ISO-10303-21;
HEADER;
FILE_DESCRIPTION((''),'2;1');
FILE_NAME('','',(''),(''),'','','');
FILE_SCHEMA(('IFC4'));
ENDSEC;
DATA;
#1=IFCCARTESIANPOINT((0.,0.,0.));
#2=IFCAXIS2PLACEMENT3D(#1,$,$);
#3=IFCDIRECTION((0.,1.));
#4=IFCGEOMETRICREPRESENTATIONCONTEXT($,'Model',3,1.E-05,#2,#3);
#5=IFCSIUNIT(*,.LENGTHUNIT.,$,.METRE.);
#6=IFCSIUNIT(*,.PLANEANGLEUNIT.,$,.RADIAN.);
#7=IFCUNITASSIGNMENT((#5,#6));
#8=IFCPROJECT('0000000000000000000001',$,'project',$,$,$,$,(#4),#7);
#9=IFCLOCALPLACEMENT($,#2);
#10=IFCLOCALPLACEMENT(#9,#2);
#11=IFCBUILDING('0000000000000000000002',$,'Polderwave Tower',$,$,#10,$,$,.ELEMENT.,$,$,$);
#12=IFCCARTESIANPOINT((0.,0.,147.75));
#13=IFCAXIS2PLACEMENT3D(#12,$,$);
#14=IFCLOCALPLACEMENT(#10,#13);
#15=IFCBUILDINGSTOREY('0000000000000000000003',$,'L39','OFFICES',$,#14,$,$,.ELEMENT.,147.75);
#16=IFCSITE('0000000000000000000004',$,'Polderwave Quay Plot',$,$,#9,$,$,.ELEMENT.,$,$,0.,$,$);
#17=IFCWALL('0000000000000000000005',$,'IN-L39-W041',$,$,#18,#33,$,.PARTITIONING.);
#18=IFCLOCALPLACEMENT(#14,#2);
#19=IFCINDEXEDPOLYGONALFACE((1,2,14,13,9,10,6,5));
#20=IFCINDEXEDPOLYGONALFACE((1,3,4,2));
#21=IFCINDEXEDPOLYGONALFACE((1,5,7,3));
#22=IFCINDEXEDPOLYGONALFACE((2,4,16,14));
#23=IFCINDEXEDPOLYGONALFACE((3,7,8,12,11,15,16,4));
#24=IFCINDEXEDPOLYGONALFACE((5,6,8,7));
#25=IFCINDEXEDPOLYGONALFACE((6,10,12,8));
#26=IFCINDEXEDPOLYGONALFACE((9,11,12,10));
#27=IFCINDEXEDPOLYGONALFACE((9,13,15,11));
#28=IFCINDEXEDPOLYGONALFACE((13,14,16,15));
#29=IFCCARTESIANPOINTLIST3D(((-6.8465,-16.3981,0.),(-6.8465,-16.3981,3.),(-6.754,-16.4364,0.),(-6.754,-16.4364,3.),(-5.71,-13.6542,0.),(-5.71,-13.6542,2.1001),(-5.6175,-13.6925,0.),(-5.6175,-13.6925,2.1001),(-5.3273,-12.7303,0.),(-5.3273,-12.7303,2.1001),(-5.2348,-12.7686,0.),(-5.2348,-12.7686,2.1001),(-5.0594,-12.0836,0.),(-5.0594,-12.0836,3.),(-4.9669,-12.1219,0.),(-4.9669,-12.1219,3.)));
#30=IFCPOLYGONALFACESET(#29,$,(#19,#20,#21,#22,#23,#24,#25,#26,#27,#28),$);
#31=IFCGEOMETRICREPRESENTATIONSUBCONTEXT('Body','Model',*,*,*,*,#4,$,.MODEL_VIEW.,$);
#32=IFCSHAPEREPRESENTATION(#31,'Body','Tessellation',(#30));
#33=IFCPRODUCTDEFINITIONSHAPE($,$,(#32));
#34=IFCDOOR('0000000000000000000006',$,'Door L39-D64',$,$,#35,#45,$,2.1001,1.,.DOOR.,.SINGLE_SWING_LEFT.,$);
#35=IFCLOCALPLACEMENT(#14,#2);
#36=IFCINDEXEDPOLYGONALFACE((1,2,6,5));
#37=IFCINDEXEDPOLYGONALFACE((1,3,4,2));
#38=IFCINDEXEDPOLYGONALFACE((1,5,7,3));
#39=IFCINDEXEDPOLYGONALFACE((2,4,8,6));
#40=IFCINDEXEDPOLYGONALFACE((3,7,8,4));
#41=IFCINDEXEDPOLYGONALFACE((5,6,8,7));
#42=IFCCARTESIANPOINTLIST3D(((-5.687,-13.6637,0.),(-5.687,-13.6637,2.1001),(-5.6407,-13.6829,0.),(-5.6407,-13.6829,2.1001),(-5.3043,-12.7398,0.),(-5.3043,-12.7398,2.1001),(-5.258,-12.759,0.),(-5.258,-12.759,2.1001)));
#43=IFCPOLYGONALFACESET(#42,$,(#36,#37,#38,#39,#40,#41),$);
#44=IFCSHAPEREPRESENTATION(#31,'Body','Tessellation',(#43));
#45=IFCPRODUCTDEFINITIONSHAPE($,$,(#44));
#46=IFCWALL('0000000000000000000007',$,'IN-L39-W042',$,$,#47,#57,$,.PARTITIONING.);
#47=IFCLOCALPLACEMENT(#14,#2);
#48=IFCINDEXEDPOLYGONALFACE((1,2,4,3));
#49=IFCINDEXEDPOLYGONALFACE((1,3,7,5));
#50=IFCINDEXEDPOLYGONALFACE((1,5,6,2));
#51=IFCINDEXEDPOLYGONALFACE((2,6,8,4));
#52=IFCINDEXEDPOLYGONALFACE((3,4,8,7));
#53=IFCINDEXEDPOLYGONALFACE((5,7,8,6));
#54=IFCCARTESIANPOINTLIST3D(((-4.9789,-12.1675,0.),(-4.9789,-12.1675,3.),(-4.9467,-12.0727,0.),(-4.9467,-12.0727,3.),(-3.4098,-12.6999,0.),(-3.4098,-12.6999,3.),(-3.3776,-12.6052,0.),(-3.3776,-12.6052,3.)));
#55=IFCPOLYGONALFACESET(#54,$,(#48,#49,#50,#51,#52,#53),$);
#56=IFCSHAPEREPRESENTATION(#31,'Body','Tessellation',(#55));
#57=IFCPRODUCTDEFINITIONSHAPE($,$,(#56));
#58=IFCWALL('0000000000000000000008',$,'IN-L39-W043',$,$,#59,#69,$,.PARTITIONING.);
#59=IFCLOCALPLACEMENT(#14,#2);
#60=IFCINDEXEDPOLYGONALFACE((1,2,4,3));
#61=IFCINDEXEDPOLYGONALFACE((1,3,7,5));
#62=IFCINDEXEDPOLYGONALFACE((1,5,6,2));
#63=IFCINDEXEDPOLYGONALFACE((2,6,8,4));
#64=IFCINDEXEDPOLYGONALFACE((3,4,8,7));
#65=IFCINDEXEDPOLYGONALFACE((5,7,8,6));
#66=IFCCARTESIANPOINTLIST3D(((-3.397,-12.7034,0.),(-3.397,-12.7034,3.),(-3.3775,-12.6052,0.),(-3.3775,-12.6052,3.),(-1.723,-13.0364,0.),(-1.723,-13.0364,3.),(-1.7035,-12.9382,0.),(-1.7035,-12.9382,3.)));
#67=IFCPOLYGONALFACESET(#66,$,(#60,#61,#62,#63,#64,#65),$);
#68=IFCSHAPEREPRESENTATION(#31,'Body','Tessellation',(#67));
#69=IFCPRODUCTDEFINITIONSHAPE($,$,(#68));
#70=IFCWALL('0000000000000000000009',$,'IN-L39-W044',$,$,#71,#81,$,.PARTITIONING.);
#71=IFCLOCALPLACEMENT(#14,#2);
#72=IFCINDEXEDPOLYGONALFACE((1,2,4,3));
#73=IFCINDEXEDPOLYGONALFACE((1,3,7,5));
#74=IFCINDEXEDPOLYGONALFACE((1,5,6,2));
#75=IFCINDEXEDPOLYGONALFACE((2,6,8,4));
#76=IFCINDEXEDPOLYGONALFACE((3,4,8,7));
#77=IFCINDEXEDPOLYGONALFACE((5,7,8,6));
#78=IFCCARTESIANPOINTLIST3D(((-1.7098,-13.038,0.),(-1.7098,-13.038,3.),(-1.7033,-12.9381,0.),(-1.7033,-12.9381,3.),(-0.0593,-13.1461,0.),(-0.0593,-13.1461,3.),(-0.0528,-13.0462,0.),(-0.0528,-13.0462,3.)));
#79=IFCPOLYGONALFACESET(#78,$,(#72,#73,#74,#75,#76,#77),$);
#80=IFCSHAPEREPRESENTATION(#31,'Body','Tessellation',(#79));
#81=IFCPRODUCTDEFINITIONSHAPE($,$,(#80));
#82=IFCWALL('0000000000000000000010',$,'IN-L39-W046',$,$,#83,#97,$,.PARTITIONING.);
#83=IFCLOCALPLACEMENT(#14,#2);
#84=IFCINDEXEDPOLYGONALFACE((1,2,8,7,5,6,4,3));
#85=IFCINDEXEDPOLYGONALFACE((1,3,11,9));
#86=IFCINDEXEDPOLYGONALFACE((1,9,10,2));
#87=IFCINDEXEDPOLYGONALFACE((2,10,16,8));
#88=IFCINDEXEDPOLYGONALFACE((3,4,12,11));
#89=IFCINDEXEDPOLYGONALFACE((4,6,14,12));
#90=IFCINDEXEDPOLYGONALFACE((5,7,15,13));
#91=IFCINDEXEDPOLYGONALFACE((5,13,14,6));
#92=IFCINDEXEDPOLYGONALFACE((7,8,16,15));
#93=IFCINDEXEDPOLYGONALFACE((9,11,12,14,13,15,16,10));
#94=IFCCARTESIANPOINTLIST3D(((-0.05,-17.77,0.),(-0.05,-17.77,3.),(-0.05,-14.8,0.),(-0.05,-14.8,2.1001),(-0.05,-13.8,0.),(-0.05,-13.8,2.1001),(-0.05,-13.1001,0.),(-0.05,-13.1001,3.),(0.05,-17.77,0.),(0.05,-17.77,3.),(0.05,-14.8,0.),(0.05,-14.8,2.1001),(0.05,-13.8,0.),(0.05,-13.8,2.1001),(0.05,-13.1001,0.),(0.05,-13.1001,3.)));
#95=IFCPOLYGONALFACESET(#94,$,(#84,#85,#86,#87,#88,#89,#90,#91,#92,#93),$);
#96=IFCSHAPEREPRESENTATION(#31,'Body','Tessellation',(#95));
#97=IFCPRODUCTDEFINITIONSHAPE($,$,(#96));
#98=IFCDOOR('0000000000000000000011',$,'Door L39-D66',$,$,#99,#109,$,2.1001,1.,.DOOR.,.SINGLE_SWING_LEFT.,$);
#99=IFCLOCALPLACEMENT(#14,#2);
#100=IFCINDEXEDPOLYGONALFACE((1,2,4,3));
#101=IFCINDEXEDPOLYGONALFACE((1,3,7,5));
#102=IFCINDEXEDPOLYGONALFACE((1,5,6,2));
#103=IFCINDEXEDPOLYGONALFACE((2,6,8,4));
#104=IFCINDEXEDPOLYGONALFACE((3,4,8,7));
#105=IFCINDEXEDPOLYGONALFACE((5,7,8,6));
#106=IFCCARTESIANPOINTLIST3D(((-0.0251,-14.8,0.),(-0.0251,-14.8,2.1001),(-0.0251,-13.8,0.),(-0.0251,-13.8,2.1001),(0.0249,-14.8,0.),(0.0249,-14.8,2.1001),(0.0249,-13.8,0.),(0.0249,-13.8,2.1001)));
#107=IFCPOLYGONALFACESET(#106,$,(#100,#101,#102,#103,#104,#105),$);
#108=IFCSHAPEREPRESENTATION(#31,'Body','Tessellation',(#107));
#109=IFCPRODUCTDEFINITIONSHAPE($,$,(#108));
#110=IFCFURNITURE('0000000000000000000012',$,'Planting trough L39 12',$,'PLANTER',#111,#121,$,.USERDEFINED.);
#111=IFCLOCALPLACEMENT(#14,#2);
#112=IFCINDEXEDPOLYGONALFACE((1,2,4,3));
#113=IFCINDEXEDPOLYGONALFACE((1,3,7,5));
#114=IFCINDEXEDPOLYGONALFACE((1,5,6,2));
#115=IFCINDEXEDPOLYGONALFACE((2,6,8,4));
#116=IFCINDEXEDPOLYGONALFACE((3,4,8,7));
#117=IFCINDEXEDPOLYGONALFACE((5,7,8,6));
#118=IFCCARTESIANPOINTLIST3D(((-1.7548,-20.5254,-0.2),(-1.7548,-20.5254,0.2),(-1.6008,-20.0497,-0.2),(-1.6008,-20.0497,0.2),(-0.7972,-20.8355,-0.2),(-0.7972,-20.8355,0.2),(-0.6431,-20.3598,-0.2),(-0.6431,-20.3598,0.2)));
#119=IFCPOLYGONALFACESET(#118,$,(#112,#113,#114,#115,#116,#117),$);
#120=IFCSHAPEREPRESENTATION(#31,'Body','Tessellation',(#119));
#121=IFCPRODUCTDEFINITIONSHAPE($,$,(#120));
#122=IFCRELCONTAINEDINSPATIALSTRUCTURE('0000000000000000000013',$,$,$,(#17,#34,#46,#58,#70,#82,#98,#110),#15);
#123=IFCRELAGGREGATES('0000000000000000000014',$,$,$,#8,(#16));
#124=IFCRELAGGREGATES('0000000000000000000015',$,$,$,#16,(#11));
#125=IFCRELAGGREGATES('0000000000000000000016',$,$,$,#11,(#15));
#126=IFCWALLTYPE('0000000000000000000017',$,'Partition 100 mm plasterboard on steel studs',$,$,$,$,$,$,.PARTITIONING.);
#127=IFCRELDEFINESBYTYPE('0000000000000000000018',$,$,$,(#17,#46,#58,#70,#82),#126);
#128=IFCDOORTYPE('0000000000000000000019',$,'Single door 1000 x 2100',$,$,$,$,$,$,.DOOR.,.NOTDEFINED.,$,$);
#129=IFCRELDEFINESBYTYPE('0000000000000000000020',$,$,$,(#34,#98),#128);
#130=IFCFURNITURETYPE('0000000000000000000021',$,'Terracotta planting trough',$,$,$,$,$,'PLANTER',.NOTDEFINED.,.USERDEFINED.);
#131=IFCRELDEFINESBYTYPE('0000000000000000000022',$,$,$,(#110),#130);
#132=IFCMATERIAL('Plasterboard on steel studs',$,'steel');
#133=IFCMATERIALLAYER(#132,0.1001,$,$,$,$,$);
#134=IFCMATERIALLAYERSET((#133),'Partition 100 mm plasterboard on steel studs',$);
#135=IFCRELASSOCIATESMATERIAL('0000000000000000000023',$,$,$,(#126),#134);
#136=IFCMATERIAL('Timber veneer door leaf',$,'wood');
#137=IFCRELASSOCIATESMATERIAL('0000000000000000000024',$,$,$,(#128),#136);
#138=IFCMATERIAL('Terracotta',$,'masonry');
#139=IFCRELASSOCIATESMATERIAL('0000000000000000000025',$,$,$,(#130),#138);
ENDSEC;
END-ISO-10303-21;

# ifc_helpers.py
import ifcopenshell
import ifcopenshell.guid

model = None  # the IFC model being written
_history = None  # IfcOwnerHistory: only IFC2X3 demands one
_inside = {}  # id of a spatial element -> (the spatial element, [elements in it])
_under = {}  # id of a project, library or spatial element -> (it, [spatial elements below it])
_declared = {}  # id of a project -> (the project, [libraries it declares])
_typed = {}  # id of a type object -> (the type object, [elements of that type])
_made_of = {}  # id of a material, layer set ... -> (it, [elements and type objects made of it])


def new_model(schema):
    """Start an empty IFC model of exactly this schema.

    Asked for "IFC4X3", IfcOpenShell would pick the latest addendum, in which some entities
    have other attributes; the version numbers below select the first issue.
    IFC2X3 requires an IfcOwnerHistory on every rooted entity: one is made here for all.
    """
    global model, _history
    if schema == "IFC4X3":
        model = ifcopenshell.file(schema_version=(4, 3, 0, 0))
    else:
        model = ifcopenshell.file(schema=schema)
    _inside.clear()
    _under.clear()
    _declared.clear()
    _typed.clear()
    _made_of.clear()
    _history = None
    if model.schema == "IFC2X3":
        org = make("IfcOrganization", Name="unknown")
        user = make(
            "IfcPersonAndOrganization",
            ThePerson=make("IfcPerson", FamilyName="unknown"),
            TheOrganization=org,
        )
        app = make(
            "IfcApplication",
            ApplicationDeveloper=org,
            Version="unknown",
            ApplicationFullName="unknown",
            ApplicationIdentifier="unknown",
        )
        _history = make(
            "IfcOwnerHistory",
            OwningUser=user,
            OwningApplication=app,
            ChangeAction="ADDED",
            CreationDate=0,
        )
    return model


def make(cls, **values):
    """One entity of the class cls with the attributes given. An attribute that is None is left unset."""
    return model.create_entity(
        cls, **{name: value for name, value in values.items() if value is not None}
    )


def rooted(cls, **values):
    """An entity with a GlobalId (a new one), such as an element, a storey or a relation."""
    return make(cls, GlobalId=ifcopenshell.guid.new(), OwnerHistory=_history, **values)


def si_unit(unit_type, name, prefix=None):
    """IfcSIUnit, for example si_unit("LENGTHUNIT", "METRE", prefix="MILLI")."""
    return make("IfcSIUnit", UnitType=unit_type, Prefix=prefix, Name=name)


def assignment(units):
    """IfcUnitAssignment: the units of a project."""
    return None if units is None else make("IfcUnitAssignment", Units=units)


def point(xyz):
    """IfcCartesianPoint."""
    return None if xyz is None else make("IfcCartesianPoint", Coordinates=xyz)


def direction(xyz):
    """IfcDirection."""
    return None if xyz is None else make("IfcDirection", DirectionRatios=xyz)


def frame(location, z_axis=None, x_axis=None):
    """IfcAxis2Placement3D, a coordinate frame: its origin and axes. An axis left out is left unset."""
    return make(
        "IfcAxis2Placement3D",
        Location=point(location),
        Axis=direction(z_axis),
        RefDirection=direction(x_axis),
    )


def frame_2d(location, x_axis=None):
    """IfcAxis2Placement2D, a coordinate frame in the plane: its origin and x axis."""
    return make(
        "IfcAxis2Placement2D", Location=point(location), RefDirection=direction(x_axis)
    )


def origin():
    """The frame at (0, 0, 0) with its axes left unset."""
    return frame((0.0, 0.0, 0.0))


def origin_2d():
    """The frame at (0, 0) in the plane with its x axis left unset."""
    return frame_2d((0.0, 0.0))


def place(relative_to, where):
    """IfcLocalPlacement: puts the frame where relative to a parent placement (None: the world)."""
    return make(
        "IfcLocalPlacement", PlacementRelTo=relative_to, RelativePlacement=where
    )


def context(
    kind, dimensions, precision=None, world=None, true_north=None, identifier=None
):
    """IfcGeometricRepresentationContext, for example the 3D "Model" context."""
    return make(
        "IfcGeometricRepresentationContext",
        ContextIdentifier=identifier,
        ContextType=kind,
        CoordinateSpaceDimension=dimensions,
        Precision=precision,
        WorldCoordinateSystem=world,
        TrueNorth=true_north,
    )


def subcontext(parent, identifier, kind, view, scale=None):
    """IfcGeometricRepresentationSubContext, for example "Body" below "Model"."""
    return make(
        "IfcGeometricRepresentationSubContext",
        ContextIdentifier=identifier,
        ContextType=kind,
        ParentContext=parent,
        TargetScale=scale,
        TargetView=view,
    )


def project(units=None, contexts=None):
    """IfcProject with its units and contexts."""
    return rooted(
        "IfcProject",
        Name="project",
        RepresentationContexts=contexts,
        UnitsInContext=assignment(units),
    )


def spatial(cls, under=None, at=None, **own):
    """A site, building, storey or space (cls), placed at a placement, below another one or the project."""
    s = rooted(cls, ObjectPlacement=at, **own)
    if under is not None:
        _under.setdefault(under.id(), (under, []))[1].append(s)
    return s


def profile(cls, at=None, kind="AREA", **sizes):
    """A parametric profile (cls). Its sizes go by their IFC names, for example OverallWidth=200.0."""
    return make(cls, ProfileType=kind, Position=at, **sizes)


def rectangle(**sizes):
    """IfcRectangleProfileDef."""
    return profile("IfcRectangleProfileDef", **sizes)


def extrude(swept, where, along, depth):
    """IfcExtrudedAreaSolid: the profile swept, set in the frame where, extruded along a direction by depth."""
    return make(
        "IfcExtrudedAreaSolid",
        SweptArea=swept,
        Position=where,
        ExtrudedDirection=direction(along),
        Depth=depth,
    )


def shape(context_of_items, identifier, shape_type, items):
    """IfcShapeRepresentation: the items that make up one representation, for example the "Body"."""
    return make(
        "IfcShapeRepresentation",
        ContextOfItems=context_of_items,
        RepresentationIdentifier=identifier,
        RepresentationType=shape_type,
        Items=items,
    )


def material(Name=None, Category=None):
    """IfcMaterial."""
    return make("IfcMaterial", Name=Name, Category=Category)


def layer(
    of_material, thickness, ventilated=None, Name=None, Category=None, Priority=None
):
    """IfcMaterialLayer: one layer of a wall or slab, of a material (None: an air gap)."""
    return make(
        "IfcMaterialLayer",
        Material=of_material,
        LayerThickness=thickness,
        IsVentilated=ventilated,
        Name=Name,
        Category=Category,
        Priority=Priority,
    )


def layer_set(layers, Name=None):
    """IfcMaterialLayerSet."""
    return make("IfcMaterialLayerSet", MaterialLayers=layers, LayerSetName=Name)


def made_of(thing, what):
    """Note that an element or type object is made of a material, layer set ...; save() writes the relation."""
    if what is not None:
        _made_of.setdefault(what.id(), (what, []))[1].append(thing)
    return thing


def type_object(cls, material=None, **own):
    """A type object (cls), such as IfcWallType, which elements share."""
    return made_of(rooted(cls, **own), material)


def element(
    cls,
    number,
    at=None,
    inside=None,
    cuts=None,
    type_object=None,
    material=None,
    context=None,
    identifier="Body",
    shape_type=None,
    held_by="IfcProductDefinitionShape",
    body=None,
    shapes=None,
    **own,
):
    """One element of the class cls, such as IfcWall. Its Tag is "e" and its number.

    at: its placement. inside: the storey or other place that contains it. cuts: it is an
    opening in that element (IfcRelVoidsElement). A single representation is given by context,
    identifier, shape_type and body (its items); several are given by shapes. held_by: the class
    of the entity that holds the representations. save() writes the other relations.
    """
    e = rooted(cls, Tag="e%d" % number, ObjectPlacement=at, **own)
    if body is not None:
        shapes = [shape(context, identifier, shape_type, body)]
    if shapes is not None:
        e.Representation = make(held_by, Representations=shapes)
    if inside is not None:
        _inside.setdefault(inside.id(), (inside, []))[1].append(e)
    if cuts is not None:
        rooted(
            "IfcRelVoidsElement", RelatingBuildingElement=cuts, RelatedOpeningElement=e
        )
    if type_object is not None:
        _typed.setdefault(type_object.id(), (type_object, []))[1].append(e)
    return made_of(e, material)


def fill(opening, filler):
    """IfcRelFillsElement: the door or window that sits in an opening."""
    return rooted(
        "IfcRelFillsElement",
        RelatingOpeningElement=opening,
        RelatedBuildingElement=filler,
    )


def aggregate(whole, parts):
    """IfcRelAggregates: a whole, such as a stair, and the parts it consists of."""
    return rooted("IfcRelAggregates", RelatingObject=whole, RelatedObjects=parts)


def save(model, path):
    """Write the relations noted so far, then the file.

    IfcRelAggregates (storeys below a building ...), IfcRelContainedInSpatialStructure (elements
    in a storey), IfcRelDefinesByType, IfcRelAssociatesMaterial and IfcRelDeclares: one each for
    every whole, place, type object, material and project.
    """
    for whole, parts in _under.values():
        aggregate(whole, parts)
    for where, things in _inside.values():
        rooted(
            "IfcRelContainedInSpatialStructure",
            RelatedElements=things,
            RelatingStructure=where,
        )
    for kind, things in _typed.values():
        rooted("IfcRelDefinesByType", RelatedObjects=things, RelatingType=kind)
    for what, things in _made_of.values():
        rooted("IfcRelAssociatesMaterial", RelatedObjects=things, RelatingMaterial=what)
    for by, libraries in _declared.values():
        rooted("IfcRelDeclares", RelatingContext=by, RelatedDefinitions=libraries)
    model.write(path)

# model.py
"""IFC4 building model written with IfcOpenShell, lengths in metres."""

from ifc_helpers import new_model, si_unit, direction, frame, frame_2d, origin, origin_2d, place, context, subcontext, project, spatial, rectangle, extrude, material, layer, layer_set, type_object, element, fill, save


model = new_model("IFC4")

# Units and contexts
model_context = context("Model", 3, precision=1e-05, world=origin(), true_north=direction((0.0, 1.0)))
body_context = subcontext(model_context, "Body", "Model", "MODEL_VIEW")
ifc_project = project(units=[si_unit("LENGTHUNIT", "METRE"), si_unit("PLANEANGLEUNIT", "RADIAN")], contexts=[model_context])

# Site, building, storey
site_placement = place(None, origin())
site = spatial("IfcSite", under=ifc_project, at=site_placement, Name="Polderwave Quay Plot", CompositionType="ELEMENT", RefElevation=0.0)
building_placement = place(site_placement, origin())
building = spatial("IfcBuilding", under=site, at=building_placement, Name="Polderwave Tower", CompositionType="ELEMENT")
storey_placement = place(building_placement, frame((0.0, 0.0, 147.75)))
storey = spatial("IfcBuildingStorey", under=building, at=storey_placement, Name="L39", Description="OFFICES", CompositionType="ELEMENT", Elevation=147.75)

# Wall, opening, door
ifc_material_1 = material(Name="Plasterboard on steel studs", Category="steel")
ifc_layer_1 = layer(ifc_material_1, 0.1001)
ifc_layer_set_1 = layer_set([ifc_layer_1], Name="Partition 100 mm plasterboard on steel studs")
wall_type_1 = type_object("IfcWallType", Name="Partition 100 mm plasterboard on steel studs", PredefinedType="PARTITIONING", material=ifc_layer_set_1)
ifc_material_2 = material(Name="Timber veneer door leaf", Category="wood")
door_type = type_object("IfcDoorType", Name="Single door 1000 x 2100", OperationType="NOTDEFINED", PredefinedType="DOOR", material=ifc_material_2)
wall_1_placement = place(storey_placement, frame((-5.0132, -12.1028, 0.0), z_axis=(0.0, 0.0, 1.0), x_axis=(-0.382684, -0.923879, 0.0)))
wall_1 = element("IfcWall", 1, at=wall_1_placement, inside=storey, type_object=wall_type_1, Name="IN-L39-W041", PredefinedType="PARTITIONING", context=body_context, shape_type="SweptSolid", body=[
    extrude(rectangle(XDim=4.6699, YDim=0.1001, at=frame_2d((2.335, 0.0))), origin(), (0.0, 0.0, 1.0), 3.0),
])
opening_1_placement = place(wall_1_placement, frame((0.7, 0.0, 0.0)))
opening_1 = element("IfcOpeningElement", 2, at=opening_1_placement, cuts=wall_1, PredefinedType="OPENING", context=body_context, shape_type="SweptSolid", body=[
    extrude(rectangle(XDim=1.0, YDim=2.1001, at=frame_2d((0.5, 1.05))), frame((0.0, 0.0601, 0.0), z_axis=(0.0, -1.0, 0.0), x_axis=(1.0, 0.0, 0.0)), (0.0, 0.0, 1.0), 0.1201),
])
door_1_placement = place(opening_1_placement, origin())
door_1 = element("IfcDoor", 3, at=door_1_placement, inside=storey, type_object=door_type, Name="Door L39-D64", OperationType="SINGLE_SWING_LEFT", OverallHeight=2.1001, OverallWidth=1.0, PredefinedType="DOOR", context=body_context, shape_type="SweptSolid", body=[
    extrude(rectangle(XDim=1.0, YDim=2.1001, at=frame_2d((0.5, 1.05))), frame((0.0, 0.0249, 0.0), z_axis=(0.0, -1.0, 0.0), x_axis=(1.0, 0.0, 0.0)), (0.0, 0.0, 1.0), 0.05),
])
fill(opening_1, door_1)

# Walls
wall_2_placement = place(storey_placement, frame((-3.3936, -12.6526, 0.0), z_axis=(0.0, 0.0, 1.0), x_axis=(-0.94696, 0.321351, 0.0)))
element("IfcWall", 4, at=wall_2_placement, inside=storey, type_object=wall_type_1, Name="IN-L39-W042", PredefinedType="PARTITIONING", context=body_context, shape_type="SweptSolid", body=[
    extrude(rectangle(XDim=1.657, YDim=0.1001, at=frame_2d((0.8286, 0.0))), origin(), (0.0, 0.0, 1.0), 3.0),
])
wall_3_placement = place(storey_placement, frame((-1.7131, -12.9873, 0.0), z_axis=(0.0, 0.0, 1.0), x_axis=(-0.980784, 0.195098, 0.0)))
element("IfcWall", 5, at=wall_3_placement, inside=storey, type_object=wall_type_1, Name="IN-L39-W043", PredefinedType="PARTITIONING", context=body_context, shape_type="SweptSolid", body=[
    extrude(rectangle(XDim=1.7068, YDim=0.1001, at=frame_2d((0.8535, 0.0))), origin(), (0.0, 0.0, 1.0), 3.0),
])
wall_4_placement = place(storey_placement, frame((-0.0559, -13.0962, 0.0), z_axis=(0.0, 0.0, 1.0), x_axis=(-0.99786, 0.065383, 0.0)))
element("IfcWall", 6, at=wall_4_placement, inside=storey, type_object=wall_type_1, Name="IN-L39-W044", PredefinedType="PARTITIONING", context=body_context, shape_type="SweptSolid", body=[
    extrude(rectangle(XDim=1.6541, YDim=0.1001, at=frame_2d((0.8271, 0.0))), origin(), (0.0, 0.0, 1.0), 3.0),
])

# Wall, opening, door
wall_5_placement = place(storey_placement, frame((0.0, -13.1001, 0.0), z_axis=(0.0, 0.0, 1.0), x_axis=(0.0, -1.0, 0.0)))
wall_5 = element("IfcWall", 7, at=wall_5_placement, inside=storey, type_object=wall_type_1, Name="IN-L39-W046", PredefinedType="PARTITIONING", context=body_context, shape_type="SweptSolid", body=[
    extrude(rectangle(XDim=4.6699, YDim=0.1001, at=frame_2d((2.335, 0.0))), origin(), (0.0, 0.0, 1.0), 3.0),
])
opening_2_placement = place(wall_5_placement, frame((0.7, 0.0, 0.0)))
opening_2 = element("IfcOpeningElement", 8, at=opening_2_placement, cuts=wall_5, PredefinedType="OPENING", context=body_context, shape_type="SweptSolid", body=[
    extrude(rectangle(XDim=1.0, YDim=2.1001, at=frame_2d((0.5, 1.05))), frame((0.0, 0.0601, 0.0), z_axis=(0.0, -1.0, 0.0), x_axis=(1.0, 0.0, 0.0)), (0.0, 0.0, 1.0), 0.1201),
])
door_2_placement = place(opening_2_placement, origin())
door_2 = element("IfcDoor", 9, at=door_2_placement, inside=storey, type_object=door_type, Name="Door L39-D66", OperationType="SINGLE_SWING_LEFT", OverallHeight=2.1001, OverallWidth=1.0, PredefinedType="DOOR", context=body_context, shape_type="SweptSolid", body=[
    extrude(rectangle(XDim=1.0, YDim=2.1001, at=frame_2d((0.5, 1.05))), frame((0.0, 0.0249, 0.0), z_axis=(0.0, -1.0, 0.0), x_axis=(1.0, 0.0, 0.0)), (0.0, 0.0, 1.0), 0.05),
])
fill(opening_2, door_2)

# Furniture
ifc_material_3 = material(Name="Terracotta", Category="masonry")
furniture_type = type_object("IfcFurnitureType", Name="Terracotta planting trough", ElementType="PLANTER", AssemblyPlace="NOTDEFINED", PredefinedType="USERDEFINED", material=ifc_material_3)
furniture_placement = place(storey_placement, frame((-1.199, -20.4426, -0.2), z_axis=(0.0, 0.0, 1.0), x_axis=(0.95136, -0.308081, 0.0)))
element("IfcFurniture", 10, at=furniture_placement, inside=storey, type_object=furniture_type, Name="Planting trough L39 12", ObjectType="PLANTER", PredefinedType="USERDEFINED", context=body_context, shape_type="SweptSolid", body=[
    extrude(rectangle(XDim=1.0066, YDim=0.5, at=origin_2d()), origin(), (0.0, 0.0, 1.0), 0.3999),
])

save(model, "model.ifc")
